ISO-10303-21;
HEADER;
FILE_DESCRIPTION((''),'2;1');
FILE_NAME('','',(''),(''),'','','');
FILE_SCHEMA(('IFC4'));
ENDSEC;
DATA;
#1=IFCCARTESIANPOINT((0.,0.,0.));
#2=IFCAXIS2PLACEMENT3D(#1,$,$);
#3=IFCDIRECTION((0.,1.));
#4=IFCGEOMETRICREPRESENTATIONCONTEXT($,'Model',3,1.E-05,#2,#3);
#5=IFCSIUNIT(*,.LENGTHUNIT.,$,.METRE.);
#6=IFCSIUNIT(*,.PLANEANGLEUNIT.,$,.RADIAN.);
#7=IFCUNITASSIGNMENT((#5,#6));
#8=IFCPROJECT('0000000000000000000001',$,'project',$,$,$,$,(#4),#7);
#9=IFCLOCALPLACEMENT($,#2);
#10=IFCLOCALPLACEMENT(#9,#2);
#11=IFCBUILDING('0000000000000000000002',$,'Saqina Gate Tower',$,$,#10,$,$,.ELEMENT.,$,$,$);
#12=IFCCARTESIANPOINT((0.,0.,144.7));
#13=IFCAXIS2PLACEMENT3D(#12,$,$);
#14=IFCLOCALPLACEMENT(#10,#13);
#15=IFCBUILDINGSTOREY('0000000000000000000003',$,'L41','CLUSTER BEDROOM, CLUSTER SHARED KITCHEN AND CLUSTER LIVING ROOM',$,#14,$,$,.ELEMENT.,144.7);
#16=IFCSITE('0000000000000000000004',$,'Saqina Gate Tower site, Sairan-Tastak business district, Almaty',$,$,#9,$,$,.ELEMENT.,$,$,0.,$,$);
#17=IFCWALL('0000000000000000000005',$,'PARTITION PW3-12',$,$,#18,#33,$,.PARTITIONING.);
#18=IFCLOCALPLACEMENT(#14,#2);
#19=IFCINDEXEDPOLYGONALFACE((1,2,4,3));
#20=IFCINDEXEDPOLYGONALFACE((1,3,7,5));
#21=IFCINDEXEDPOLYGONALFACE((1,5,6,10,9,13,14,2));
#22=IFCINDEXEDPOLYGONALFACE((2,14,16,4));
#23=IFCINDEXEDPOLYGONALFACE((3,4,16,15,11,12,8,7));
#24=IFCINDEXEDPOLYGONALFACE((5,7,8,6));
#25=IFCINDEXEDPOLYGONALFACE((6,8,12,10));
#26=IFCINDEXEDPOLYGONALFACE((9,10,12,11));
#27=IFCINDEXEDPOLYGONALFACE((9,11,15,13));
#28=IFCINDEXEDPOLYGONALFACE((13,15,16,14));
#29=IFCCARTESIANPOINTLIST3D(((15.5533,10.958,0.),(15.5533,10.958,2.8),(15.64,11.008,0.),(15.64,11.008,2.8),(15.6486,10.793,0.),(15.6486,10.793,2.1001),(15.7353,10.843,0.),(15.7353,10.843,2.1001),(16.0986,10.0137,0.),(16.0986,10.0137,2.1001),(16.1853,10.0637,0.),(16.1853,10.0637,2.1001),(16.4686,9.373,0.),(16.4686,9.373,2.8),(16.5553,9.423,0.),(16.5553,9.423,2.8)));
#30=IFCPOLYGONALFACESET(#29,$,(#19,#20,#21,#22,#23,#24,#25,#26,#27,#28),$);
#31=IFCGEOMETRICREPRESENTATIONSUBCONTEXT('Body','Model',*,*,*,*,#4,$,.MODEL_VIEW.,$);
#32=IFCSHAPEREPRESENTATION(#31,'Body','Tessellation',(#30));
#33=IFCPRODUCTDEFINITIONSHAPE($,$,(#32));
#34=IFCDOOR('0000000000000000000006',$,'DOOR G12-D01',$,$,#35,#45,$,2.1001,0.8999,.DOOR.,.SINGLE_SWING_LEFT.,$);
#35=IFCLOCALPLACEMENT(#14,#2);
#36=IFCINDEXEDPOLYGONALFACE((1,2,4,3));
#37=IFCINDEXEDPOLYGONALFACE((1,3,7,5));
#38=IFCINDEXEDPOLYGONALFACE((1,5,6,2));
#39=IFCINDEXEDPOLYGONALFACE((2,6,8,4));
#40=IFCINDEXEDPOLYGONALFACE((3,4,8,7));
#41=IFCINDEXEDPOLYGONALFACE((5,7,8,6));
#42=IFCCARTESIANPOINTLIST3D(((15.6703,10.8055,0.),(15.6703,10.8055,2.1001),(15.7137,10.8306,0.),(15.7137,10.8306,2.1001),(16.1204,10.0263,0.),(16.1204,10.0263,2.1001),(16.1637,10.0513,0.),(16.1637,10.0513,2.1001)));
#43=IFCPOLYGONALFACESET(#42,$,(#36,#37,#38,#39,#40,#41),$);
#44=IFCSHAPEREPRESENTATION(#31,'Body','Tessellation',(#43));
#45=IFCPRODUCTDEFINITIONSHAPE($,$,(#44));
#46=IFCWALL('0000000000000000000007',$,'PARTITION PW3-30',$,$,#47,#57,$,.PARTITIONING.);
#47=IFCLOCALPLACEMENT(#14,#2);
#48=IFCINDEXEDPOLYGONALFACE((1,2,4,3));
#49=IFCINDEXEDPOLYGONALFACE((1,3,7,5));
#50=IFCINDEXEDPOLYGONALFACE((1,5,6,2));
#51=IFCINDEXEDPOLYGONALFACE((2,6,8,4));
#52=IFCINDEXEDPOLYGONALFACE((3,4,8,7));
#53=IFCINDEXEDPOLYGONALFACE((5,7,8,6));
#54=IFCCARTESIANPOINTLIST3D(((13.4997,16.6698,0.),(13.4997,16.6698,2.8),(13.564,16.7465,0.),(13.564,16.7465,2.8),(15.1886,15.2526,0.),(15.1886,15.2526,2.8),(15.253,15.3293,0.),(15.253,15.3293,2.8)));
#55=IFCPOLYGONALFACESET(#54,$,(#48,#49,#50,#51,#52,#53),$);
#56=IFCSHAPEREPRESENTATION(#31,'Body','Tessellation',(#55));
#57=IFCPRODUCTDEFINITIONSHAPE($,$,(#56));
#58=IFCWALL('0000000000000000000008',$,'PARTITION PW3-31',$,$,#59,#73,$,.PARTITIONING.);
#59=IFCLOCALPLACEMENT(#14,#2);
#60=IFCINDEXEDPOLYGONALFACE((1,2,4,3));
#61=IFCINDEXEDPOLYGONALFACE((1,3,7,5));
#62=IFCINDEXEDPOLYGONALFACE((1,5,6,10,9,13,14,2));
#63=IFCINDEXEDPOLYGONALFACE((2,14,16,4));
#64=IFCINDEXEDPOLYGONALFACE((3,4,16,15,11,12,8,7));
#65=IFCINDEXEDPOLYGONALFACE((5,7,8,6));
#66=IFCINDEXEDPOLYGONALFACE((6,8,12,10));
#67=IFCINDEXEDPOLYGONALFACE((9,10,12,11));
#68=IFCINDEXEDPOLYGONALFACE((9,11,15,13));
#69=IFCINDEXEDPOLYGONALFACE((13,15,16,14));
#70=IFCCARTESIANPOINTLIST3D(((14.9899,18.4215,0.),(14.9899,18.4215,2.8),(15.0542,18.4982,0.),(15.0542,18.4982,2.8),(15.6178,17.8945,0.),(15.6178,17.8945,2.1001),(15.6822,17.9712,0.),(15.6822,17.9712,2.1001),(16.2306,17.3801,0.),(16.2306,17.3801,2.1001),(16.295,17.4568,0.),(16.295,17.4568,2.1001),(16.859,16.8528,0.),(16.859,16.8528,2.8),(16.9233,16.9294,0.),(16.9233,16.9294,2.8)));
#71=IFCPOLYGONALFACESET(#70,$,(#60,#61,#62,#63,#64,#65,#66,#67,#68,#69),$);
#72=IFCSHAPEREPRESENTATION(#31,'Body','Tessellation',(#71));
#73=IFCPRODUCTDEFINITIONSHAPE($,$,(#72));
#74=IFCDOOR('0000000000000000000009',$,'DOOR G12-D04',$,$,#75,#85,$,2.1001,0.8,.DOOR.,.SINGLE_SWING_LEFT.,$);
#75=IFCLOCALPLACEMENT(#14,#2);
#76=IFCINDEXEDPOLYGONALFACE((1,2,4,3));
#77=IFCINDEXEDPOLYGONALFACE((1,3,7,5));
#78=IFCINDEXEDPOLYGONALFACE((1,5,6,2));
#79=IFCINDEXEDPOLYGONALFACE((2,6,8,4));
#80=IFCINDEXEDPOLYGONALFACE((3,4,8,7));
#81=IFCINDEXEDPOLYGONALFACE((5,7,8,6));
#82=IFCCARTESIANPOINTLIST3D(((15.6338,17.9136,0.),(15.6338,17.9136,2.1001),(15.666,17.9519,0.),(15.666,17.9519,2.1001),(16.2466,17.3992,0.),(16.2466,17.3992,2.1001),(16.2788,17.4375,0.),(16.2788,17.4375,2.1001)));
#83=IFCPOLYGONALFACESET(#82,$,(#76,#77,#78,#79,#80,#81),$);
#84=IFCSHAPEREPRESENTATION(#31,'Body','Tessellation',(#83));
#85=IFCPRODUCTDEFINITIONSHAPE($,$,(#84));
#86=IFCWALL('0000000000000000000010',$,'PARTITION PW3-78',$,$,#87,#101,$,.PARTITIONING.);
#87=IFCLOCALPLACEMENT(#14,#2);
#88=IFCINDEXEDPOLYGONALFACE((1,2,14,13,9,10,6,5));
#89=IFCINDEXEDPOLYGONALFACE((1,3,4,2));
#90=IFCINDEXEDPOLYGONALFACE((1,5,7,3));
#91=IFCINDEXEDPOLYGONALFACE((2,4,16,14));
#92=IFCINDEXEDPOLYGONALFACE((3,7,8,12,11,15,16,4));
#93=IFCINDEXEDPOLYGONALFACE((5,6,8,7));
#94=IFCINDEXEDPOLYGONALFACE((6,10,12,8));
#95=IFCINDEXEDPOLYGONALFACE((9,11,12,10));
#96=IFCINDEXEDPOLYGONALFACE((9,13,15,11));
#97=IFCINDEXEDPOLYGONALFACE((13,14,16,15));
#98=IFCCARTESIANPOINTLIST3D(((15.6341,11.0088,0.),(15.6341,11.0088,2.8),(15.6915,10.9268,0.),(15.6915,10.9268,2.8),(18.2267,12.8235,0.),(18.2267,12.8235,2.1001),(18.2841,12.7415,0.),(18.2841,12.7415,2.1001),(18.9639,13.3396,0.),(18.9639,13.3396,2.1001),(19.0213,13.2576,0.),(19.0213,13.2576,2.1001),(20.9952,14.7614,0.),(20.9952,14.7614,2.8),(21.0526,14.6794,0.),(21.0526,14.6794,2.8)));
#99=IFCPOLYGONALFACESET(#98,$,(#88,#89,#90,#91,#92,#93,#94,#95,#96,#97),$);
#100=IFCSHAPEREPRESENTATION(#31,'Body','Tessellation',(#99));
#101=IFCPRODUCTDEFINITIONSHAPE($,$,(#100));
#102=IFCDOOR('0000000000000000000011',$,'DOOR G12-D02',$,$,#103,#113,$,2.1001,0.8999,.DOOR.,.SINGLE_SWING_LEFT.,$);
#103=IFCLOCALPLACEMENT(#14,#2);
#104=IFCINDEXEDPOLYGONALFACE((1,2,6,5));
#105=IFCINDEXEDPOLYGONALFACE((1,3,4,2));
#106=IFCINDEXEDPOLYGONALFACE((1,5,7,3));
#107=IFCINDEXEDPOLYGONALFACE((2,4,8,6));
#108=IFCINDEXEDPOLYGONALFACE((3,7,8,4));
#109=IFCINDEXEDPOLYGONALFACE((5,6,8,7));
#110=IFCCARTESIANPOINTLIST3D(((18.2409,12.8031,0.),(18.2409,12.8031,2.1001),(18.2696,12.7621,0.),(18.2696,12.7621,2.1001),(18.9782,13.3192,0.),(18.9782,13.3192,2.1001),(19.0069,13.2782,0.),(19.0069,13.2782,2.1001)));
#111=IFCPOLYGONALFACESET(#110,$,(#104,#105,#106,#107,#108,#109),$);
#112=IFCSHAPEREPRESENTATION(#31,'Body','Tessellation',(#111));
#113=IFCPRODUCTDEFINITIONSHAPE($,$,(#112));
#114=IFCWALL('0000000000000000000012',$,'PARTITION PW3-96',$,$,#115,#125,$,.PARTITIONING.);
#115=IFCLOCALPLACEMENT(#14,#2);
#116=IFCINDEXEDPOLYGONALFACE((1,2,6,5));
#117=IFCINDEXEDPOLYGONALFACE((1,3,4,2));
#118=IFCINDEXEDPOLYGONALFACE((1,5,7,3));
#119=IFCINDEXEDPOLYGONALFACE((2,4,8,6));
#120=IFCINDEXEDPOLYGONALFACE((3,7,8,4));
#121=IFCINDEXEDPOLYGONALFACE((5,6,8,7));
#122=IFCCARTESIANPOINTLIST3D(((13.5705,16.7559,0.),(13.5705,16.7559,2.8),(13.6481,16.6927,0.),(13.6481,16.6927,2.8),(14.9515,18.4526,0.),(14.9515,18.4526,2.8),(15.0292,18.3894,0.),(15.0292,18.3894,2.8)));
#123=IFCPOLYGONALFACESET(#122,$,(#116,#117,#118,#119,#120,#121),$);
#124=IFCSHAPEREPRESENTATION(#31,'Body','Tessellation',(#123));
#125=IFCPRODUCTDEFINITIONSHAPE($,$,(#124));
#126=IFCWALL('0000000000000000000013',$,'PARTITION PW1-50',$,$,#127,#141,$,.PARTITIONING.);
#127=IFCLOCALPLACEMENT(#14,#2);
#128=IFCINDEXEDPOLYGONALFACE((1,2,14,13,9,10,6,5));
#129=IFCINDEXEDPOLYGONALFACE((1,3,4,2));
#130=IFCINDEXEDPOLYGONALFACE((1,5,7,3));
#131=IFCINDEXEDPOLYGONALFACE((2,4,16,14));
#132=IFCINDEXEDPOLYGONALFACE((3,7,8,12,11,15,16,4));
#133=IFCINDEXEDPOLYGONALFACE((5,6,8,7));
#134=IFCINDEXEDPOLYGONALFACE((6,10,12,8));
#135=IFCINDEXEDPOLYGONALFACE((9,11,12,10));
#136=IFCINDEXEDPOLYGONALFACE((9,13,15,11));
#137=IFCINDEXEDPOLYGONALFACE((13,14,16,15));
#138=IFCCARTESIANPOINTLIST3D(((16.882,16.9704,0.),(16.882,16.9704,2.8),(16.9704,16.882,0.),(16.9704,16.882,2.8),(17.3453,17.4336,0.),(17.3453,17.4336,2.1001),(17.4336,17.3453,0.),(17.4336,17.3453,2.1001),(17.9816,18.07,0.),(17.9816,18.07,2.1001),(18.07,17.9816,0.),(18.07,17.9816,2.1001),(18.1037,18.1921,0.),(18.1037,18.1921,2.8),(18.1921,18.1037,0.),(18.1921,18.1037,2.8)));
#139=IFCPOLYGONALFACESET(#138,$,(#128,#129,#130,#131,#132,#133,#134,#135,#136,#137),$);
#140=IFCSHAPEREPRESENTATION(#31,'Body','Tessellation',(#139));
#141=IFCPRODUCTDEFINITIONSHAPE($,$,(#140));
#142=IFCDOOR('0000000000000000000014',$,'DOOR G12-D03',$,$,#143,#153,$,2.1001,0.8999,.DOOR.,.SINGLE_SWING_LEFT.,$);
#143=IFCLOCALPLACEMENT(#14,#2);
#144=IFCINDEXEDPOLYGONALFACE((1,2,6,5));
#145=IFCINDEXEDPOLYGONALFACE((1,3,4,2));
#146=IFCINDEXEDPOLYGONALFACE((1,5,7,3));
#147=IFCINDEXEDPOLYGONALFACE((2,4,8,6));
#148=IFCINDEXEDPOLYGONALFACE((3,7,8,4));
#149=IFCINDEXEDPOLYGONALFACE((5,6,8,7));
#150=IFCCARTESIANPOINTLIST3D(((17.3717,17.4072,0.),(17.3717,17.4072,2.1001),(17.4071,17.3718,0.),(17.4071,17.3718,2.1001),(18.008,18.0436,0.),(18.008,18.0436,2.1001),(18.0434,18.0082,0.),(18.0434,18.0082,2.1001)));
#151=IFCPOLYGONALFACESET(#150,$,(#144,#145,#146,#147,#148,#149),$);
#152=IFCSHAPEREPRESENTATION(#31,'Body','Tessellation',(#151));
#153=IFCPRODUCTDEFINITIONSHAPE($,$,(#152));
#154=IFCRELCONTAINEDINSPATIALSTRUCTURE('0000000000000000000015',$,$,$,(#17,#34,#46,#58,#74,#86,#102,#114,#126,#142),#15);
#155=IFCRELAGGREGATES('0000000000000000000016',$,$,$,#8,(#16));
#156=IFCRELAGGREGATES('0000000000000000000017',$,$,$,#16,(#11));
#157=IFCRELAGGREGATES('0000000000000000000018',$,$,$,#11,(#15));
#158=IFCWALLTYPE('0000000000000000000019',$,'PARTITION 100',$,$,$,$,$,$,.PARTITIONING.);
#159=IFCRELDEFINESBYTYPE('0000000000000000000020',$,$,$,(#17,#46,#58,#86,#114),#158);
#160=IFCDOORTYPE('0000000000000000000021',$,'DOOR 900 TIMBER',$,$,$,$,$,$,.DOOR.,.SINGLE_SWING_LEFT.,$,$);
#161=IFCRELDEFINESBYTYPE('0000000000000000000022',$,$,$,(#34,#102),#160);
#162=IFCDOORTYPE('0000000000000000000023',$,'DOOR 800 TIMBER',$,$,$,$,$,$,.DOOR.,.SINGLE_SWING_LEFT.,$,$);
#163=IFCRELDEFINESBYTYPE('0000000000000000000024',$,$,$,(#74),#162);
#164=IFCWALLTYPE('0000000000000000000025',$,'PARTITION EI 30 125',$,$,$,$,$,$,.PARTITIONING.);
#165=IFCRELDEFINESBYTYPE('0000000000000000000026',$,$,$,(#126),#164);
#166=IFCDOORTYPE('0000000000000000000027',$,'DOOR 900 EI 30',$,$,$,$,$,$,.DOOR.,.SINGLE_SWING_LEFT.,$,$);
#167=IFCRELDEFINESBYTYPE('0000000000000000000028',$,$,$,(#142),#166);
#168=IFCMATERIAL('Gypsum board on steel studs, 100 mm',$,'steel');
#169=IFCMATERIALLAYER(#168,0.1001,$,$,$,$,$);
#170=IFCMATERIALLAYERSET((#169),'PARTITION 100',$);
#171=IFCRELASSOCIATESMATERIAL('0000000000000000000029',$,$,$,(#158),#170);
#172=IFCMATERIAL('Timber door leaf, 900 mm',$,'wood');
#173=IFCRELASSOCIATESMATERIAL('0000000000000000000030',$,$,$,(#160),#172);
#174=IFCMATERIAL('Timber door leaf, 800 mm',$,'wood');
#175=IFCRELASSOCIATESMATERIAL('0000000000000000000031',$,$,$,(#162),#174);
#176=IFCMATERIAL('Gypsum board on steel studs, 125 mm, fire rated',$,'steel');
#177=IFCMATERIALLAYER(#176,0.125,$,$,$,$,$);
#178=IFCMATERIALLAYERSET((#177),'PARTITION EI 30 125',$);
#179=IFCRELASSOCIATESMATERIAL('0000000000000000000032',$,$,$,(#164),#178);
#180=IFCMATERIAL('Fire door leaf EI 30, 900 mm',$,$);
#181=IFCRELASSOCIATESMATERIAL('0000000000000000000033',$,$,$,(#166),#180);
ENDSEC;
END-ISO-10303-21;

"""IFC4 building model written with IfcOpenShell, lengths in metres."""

from ifc_helpers import new_model, si_unit, direction, frame, frame_2d, origin, place, context, subcontext, project, spatial, rectangle, extrude, material, layer, layer_set, type_object, element, fill, save


model = new_model("IFC4")

# Units and contexts
model_context = context("Model", 3, precision=1e-05, world=origin(), true_north=direction((0.0, 1.0)))
body_context = subcontext(model_context, "Body", "Model", "MODEL_VIEW")
ifc_project = project(units=[si_unit("LENGTHUNIT", "METRE"), si_unit("PLANEANGLEUNIT", "RADIAN")], contexts=[model_context])

# Site, building, storey
site_placement = place(None, origin())
site = spatial("IfcSite", under=ifc_project, at=site_placement, Name="Saqina Gate Tower site, Sairan-Tastak business district, Almaty", CompositionType="ELEMENT", RefElevation=0.0)
building_placement = place(site_placement, origin())
building = spatial("IfcBuilding", under=site, at=building_placement, Name="Saqina Gate Tower", CompositionType="ELEMENT")
storey_placement = place(building_placement, frame((0.0, 0.0, 144.7)))
storey = spatial("IfcBuildingStorey", under=building, at=storey_placement, Name="L41", Description="CLUSTER BEDROOM, CLUSTER SHARED KITCHEN AND CLUSTER LIVING ROOM", CompositionType="ELEMENT", Elevation=144.7)

# Wall, opening, door
ifc_material_1 = material(Name="Gypsum board on steel studs, 100 mm", Category="steel")
ifc_layer_1 = layer(ifc_material_1, 0.1001)
ifc_layer_set_1 = layer_set([ifc_layer_1], Name="PARTITION 100")
wall_type_1 = type_object("IfcWallType", Name="PARTITION 100", PredefinedType="PARTITIONING", material=ifc_layer_set_1)
wall_1_placement = place(storey_placement, frame((15.5967, 10.9829, 0.0), z_axis=(0.0, 0.0, 1.0), x_axis=(0.500084, -0.865977, 0.0)))
wall_1 = element("IfcWall", 1, at=wall_1_placement, inside=storey, type_object=wall_type_1, Name="PARTITION PW3-12", PredefinedType="PARTITIONING", context=body_context, shape_type="SweptSolid", body=[
    extrude(rectangle(XDim=1.8303, YDim=0.1001, at=frame_2d((0.915, 0.0))), origin(), (0.0, 0.0, 1.0), 2.8),
])
opening_1_placement = place(wall_1_placement, frame((0.1904, 0.0, 0.0)))
opening_1 = element("IfcOpeningElement", 2, at=opening_1_placement, cuts=wall_1, PredefinedType="OPENING", context=body_context, shape_type="SweptSolid", body=[
    extrude(rectangle(XDim=0.8999, YDim=2.1001, at=frame_2d((0.45, 1.05))), frame((0.0, 0.062, 0.0), z_axis=(0.0, -1.0, 0.0), x_axis=(1.0, 0.0, 0.0)), (0.0, 0.0, 1.0), 0.124),
])
ifc_material_2 = material(Name="Timber door leaf, 900 mm", Category="wood")
door_type_1 = type_object("IfcDoorType", Name="DOOR 900 TIMBER", OperationType="SINGLE_SWING_LEFT", PredefinedType="DOOR", material=ifc_material_2)
door_1_placement = place(opening_1_placement, frame((0.8999, 0.0, 0.0), z_axis=(0.0, 0.0, 1.0), x_axis=(-1.0, 0.0, 0.0)))
door_1 = element("IfcDoor", 3, at=door_1_placement, inside=storey, type_object=door_type_1, Name="DOOR G12-D01", OperationType="SINGLE_SWING_LEFT", OverallHeight=2.1001, OverallWidth=0.8999, PredefinedType="DOOR", context=body_context, shape_type="SweptSolid", body=[
    extrude(rectangle(XDim=0.8999, YDim=2.1001, at=frame_2d((0.45, 1.05))), frame((0.0, 0.0249, 0.0), z_axis=(0.0, -1.0, 0.0), x_axis=(1.0, 0.0, 0.0)), (0.0, 0.0, 1.0), 0.05),
])
fill(opening_1, door_1)

# Wall
wall_2_placement = place(storey_placement, frame((13.5317, 16.7083, 0.0), z_axis=(0.0, 0.0, 1.0), x_axis=(0.766039, -0.642795, 0.0)))
element("IfcWall", 4, at=wall_2_placement, inside=storey, type_object=wall_type_1, Name="PARTITION PW3-30", PredefinedType="PARTITIONING", context=body_context, shape_type="SweptSolid", body=[
    extrude(rectangle(XDim=2.2048, YDim=0.1001, at=frame_2d((1.1025, 0.0))), origin(), (0.0, 0.0, 1.0), 2.8),
])

# Walls, openings, doors
wall_3_placement = place(storey_placement, frame((15.022, 18.46, 0.0), z_axis=(0.0, 0.0, 1.0), x_axis=(0.765953, -0.642896, 0.0)))
wall_3 = element("IfcWall", 5, at=wall_3_placement, inside=storey, type_object=wall_type_1, Name="PARTITION PW3-31", PredefinedType="PARTITIONING", context=body_context, shape_type="SweptSolid", body=[
    extrude(rectangle(XDim=2.4402, YDim=0.1001, at=frame_2d((1.2202, 0.0))), origin(), (0.0, 0.0, 1.0), 2.8),
])
opening_2_placement = place(wall_3_placement, frame((0.8201, 0.0, 0.0)))
opening_2 = element("IfcOpeningElement", 6, at=opening_2_placement, cuts=wall_3, PredefinedType="OPENING", context=body_context, shape_type="SweptSolid", body=[
    extrude(rectangle(XDim=0.8, YDim=2.1001, at=frame_2d((0.3999, 1.05))), frame((0.0, 0.062, 0.0), z_axis=(0.0, -1.0, 0.0), x_axis=(1.0, 0.0, 0.0)), (0.0, 0.0, 1.0), 0.124),
])
ifc_material_3 = material(Name="Timber door leaf, 800 mm", Category="wood")
door_type_2 = type_object("IfcDoorType", Name="DOOR 800 TIMBER", OperationType="SINGLE_SWING_LEFT", PredefinedType="DOOR", material=ifc_material_3)
door_2_placement = place(opening_2_placement, origin())
door_2 = element("IfcDoor", 7, at=door_2_placement, inside=storey, type_object=door_type_2, Name="DOOR G12-D04", OperationType="SINGLE_SWING_LEFT", OverallHeight=2.1001, OverallWidth=0.8, PredefinedType="DOOR", context=body_context, shape_type="SweptSolid", body=[
    extrude(rectangle(XDim=0.8, YDim=2.1001, at=frame_2d((0.3999, 1.05))), frame((0.0, 0.0249, 0.0), z_axis=(0.0, -1.0, 0.0), x_axis=(1.0, 0.0, 0.0)), (0.0, 0.0, 1.0), 0.05),
])
fill(opening_2, door_2)
wall_4_placement = place(storey_placement, frame((15.6628, 10.9678, 0.0), z_axis=(0.0, 0.0, 1.0), x_axis=(0.819237, 0.573455, 0.0)))
wall_4 = element("IfcWall", 8, at=wall_4_placement, inside=storey, type_object=wall_type_1, Name="PARTITION PW3-78", PredefinedType="PARTITIONING", context=body_context, shape_type="SweptSolid", body=[
    extrude(rectangle(XDim=6.5439, YDim=0.1001, at=frame_2d((3.272, 0.0))), origin(), (0.0, 0.0, 1.0), 2.8),
])
opening_3_placement = place(wall_4_placement, frame((3.1646, 0.0, 0.0)))
opening_3 = element("IfcOpeningElement", 9, at=opening_3_placement, cuts=wall_4, PredefinedType="OPENING", context=body_context, shape_type="SweptSolid", body=[
    extrude(rectangle(XDim=0.8999, YDim=2.1001, at=frame_2d((0.45, 1.05))), frame((0.0, 0.062, 0.0), z_axis=(0.0, -1.0, 0.0), x_axis=(1.0, 0.0, 0.0)), (0.0, 0.0, 1.0), 0.124),
])
door_3_placement = place(opening_3_placement, frame((0.8999, 0.0, 0.0), z_axis=(0.0, 0.0, 1.0), x_axis=(-1.0, 0.0, 0.0)))
door_3 = element("IfcDoor", 10, at=door_3_placement, inside=storey, type_object=door_type_1, Name="DOOR G12-D02", OperationType="SINGLE_SWING_LEFT", OverallHeight=2.1001, OverallWidth=0.8999, PredefinedType="DOOR", context=body_context, shape_type="SweptSolid", body=[
    extrude(rectangle(XDim=0.8999, YDim=2.1001, at=frame_2d((0.45, 1.05))), frame((0.0, 0.0249, 0.0), z_axis=(0.0, -1.0, 0.0), x_axis=(1.0, 0.0, 0.0)), (0.0, 0.0, 1.0), 0.05),
])
fill(opening_3, door_3)

# Wall
wall_5_placement = place(storey_placement, frame((13.6094, 16.7244, 0.0), z_axis=(0.0, 0.0, 1.0), x_axis=(0.631273, 0.775561, 0.0)))
element("IfcWall", 11, at=wall_5_placement, inside=storey, type_object=wall_type_1, Name="PARTITION PW3-96", PredefinedType="PARTITIONING", context=body_context, shape_type="SweptSolid", body=[
    extrude(rectangle(XDim=2.1877, YDim=0.1001, at=frame_2d((1.0938, 0.0))), origin(), (0.0, 0.0, 1.0), 2.8),
])

# Wall, opening, door
ifc_material_4 = material(Name="Gypsum board on steel studs, 125 mm, fire rated", Category="steel")
ifc_layer_2 = layer(ifc_material_4, 0.125)
ifc_layer_set_2 = layer_set([ifc_layer_2], Name="PARTITION EI 30 125")
wall_type_2 = type_object("IfcWallType", Name="PARTITION EI 30 125", PredefinedType="PARTITIONING", material=ifc_layer_set_2)
wall_6_placement = place(storey_placement, frame((16.9263, 16.9263, 0.0), z_axis=(0.0, 0.0, 1.0), x_axis=(0.707107, 0.707107, 0.0)))
wall_6 = element("IfcWall", 12, at=wall_6_placement, inside=storey, type_object=wall_type_2, Name="PARTITION PW1-50", PredefinedType="PARTITIONING", context=body_context, shape_type="SweptSolid", body=[
    extrude(rectangle(XDim=1.7278, YDim=0.125, at=frame_2d((0.8638, 0.0))), origin(), (0.0, 0.0, 1.0), 2.8),
])
opening_4_placement = place(wall_6_placement, frame((0.655, 0.0, 0.0)))
opening_4 = element("IfcOpeningElement", 13, at=opening_4_placement, cuts=wall_6, PredefinedType="OPENING", context=body_context, shape_type="SweptSolid", body=[
    extrude(rectangle(XDim=0.8999, YDim=2.1001, at=frame_2d((0.45, 1.05))), frame((0.0, 0.0745, 0.0), z_axis=(0.0, -1.0, 0.0), x_axis=(1.0, 0.0, 0.0)), (0.0, 0.0, 1.0), 0.1489),
])
ifc_material_5 = material(Name="Fire door leaf EI 30, 900 mm")
door_type_3 = type_object("IfcDoorType", Name="DOOR 900 EI 30", OperationType="SINGLE_SWING_LEFT", PredefinedType="DOOR", material=ifc_material_5)
door_4_placement = place(opening_4_placement, frame((0.8999, 0.0, 0.0), z_axis=(0.0, 0.0, 1.0), x_axis=(-1.0, 0.0, 0.0)))
door_4 = element("IfcDoor", 14, at=door_4_placement, inside=storey, type_object=door_type_3, Name="DOOR G12-D03", OperationType="SINGLE_SWING_LEFT", OverallHeight=2.1001, OverallWidth=0.8999, PredefinedType="DOOR", context=body_context, shape_type="SweptSolid", body=[
    extrude(rectangle(XDim=0.8999, YDim=2.1001, at=frame_2d((0.45, 1.05))), frame((0.0, 0.0249, 0.0), z_axis=(0.0, -1.0, 0.0), x_axis=(1.0, 0.0, 0.0)), (0.0, 0.0, 1.0), 0.05),
])
fill(opening_4, door_4)

save(model, "model.ifc")
